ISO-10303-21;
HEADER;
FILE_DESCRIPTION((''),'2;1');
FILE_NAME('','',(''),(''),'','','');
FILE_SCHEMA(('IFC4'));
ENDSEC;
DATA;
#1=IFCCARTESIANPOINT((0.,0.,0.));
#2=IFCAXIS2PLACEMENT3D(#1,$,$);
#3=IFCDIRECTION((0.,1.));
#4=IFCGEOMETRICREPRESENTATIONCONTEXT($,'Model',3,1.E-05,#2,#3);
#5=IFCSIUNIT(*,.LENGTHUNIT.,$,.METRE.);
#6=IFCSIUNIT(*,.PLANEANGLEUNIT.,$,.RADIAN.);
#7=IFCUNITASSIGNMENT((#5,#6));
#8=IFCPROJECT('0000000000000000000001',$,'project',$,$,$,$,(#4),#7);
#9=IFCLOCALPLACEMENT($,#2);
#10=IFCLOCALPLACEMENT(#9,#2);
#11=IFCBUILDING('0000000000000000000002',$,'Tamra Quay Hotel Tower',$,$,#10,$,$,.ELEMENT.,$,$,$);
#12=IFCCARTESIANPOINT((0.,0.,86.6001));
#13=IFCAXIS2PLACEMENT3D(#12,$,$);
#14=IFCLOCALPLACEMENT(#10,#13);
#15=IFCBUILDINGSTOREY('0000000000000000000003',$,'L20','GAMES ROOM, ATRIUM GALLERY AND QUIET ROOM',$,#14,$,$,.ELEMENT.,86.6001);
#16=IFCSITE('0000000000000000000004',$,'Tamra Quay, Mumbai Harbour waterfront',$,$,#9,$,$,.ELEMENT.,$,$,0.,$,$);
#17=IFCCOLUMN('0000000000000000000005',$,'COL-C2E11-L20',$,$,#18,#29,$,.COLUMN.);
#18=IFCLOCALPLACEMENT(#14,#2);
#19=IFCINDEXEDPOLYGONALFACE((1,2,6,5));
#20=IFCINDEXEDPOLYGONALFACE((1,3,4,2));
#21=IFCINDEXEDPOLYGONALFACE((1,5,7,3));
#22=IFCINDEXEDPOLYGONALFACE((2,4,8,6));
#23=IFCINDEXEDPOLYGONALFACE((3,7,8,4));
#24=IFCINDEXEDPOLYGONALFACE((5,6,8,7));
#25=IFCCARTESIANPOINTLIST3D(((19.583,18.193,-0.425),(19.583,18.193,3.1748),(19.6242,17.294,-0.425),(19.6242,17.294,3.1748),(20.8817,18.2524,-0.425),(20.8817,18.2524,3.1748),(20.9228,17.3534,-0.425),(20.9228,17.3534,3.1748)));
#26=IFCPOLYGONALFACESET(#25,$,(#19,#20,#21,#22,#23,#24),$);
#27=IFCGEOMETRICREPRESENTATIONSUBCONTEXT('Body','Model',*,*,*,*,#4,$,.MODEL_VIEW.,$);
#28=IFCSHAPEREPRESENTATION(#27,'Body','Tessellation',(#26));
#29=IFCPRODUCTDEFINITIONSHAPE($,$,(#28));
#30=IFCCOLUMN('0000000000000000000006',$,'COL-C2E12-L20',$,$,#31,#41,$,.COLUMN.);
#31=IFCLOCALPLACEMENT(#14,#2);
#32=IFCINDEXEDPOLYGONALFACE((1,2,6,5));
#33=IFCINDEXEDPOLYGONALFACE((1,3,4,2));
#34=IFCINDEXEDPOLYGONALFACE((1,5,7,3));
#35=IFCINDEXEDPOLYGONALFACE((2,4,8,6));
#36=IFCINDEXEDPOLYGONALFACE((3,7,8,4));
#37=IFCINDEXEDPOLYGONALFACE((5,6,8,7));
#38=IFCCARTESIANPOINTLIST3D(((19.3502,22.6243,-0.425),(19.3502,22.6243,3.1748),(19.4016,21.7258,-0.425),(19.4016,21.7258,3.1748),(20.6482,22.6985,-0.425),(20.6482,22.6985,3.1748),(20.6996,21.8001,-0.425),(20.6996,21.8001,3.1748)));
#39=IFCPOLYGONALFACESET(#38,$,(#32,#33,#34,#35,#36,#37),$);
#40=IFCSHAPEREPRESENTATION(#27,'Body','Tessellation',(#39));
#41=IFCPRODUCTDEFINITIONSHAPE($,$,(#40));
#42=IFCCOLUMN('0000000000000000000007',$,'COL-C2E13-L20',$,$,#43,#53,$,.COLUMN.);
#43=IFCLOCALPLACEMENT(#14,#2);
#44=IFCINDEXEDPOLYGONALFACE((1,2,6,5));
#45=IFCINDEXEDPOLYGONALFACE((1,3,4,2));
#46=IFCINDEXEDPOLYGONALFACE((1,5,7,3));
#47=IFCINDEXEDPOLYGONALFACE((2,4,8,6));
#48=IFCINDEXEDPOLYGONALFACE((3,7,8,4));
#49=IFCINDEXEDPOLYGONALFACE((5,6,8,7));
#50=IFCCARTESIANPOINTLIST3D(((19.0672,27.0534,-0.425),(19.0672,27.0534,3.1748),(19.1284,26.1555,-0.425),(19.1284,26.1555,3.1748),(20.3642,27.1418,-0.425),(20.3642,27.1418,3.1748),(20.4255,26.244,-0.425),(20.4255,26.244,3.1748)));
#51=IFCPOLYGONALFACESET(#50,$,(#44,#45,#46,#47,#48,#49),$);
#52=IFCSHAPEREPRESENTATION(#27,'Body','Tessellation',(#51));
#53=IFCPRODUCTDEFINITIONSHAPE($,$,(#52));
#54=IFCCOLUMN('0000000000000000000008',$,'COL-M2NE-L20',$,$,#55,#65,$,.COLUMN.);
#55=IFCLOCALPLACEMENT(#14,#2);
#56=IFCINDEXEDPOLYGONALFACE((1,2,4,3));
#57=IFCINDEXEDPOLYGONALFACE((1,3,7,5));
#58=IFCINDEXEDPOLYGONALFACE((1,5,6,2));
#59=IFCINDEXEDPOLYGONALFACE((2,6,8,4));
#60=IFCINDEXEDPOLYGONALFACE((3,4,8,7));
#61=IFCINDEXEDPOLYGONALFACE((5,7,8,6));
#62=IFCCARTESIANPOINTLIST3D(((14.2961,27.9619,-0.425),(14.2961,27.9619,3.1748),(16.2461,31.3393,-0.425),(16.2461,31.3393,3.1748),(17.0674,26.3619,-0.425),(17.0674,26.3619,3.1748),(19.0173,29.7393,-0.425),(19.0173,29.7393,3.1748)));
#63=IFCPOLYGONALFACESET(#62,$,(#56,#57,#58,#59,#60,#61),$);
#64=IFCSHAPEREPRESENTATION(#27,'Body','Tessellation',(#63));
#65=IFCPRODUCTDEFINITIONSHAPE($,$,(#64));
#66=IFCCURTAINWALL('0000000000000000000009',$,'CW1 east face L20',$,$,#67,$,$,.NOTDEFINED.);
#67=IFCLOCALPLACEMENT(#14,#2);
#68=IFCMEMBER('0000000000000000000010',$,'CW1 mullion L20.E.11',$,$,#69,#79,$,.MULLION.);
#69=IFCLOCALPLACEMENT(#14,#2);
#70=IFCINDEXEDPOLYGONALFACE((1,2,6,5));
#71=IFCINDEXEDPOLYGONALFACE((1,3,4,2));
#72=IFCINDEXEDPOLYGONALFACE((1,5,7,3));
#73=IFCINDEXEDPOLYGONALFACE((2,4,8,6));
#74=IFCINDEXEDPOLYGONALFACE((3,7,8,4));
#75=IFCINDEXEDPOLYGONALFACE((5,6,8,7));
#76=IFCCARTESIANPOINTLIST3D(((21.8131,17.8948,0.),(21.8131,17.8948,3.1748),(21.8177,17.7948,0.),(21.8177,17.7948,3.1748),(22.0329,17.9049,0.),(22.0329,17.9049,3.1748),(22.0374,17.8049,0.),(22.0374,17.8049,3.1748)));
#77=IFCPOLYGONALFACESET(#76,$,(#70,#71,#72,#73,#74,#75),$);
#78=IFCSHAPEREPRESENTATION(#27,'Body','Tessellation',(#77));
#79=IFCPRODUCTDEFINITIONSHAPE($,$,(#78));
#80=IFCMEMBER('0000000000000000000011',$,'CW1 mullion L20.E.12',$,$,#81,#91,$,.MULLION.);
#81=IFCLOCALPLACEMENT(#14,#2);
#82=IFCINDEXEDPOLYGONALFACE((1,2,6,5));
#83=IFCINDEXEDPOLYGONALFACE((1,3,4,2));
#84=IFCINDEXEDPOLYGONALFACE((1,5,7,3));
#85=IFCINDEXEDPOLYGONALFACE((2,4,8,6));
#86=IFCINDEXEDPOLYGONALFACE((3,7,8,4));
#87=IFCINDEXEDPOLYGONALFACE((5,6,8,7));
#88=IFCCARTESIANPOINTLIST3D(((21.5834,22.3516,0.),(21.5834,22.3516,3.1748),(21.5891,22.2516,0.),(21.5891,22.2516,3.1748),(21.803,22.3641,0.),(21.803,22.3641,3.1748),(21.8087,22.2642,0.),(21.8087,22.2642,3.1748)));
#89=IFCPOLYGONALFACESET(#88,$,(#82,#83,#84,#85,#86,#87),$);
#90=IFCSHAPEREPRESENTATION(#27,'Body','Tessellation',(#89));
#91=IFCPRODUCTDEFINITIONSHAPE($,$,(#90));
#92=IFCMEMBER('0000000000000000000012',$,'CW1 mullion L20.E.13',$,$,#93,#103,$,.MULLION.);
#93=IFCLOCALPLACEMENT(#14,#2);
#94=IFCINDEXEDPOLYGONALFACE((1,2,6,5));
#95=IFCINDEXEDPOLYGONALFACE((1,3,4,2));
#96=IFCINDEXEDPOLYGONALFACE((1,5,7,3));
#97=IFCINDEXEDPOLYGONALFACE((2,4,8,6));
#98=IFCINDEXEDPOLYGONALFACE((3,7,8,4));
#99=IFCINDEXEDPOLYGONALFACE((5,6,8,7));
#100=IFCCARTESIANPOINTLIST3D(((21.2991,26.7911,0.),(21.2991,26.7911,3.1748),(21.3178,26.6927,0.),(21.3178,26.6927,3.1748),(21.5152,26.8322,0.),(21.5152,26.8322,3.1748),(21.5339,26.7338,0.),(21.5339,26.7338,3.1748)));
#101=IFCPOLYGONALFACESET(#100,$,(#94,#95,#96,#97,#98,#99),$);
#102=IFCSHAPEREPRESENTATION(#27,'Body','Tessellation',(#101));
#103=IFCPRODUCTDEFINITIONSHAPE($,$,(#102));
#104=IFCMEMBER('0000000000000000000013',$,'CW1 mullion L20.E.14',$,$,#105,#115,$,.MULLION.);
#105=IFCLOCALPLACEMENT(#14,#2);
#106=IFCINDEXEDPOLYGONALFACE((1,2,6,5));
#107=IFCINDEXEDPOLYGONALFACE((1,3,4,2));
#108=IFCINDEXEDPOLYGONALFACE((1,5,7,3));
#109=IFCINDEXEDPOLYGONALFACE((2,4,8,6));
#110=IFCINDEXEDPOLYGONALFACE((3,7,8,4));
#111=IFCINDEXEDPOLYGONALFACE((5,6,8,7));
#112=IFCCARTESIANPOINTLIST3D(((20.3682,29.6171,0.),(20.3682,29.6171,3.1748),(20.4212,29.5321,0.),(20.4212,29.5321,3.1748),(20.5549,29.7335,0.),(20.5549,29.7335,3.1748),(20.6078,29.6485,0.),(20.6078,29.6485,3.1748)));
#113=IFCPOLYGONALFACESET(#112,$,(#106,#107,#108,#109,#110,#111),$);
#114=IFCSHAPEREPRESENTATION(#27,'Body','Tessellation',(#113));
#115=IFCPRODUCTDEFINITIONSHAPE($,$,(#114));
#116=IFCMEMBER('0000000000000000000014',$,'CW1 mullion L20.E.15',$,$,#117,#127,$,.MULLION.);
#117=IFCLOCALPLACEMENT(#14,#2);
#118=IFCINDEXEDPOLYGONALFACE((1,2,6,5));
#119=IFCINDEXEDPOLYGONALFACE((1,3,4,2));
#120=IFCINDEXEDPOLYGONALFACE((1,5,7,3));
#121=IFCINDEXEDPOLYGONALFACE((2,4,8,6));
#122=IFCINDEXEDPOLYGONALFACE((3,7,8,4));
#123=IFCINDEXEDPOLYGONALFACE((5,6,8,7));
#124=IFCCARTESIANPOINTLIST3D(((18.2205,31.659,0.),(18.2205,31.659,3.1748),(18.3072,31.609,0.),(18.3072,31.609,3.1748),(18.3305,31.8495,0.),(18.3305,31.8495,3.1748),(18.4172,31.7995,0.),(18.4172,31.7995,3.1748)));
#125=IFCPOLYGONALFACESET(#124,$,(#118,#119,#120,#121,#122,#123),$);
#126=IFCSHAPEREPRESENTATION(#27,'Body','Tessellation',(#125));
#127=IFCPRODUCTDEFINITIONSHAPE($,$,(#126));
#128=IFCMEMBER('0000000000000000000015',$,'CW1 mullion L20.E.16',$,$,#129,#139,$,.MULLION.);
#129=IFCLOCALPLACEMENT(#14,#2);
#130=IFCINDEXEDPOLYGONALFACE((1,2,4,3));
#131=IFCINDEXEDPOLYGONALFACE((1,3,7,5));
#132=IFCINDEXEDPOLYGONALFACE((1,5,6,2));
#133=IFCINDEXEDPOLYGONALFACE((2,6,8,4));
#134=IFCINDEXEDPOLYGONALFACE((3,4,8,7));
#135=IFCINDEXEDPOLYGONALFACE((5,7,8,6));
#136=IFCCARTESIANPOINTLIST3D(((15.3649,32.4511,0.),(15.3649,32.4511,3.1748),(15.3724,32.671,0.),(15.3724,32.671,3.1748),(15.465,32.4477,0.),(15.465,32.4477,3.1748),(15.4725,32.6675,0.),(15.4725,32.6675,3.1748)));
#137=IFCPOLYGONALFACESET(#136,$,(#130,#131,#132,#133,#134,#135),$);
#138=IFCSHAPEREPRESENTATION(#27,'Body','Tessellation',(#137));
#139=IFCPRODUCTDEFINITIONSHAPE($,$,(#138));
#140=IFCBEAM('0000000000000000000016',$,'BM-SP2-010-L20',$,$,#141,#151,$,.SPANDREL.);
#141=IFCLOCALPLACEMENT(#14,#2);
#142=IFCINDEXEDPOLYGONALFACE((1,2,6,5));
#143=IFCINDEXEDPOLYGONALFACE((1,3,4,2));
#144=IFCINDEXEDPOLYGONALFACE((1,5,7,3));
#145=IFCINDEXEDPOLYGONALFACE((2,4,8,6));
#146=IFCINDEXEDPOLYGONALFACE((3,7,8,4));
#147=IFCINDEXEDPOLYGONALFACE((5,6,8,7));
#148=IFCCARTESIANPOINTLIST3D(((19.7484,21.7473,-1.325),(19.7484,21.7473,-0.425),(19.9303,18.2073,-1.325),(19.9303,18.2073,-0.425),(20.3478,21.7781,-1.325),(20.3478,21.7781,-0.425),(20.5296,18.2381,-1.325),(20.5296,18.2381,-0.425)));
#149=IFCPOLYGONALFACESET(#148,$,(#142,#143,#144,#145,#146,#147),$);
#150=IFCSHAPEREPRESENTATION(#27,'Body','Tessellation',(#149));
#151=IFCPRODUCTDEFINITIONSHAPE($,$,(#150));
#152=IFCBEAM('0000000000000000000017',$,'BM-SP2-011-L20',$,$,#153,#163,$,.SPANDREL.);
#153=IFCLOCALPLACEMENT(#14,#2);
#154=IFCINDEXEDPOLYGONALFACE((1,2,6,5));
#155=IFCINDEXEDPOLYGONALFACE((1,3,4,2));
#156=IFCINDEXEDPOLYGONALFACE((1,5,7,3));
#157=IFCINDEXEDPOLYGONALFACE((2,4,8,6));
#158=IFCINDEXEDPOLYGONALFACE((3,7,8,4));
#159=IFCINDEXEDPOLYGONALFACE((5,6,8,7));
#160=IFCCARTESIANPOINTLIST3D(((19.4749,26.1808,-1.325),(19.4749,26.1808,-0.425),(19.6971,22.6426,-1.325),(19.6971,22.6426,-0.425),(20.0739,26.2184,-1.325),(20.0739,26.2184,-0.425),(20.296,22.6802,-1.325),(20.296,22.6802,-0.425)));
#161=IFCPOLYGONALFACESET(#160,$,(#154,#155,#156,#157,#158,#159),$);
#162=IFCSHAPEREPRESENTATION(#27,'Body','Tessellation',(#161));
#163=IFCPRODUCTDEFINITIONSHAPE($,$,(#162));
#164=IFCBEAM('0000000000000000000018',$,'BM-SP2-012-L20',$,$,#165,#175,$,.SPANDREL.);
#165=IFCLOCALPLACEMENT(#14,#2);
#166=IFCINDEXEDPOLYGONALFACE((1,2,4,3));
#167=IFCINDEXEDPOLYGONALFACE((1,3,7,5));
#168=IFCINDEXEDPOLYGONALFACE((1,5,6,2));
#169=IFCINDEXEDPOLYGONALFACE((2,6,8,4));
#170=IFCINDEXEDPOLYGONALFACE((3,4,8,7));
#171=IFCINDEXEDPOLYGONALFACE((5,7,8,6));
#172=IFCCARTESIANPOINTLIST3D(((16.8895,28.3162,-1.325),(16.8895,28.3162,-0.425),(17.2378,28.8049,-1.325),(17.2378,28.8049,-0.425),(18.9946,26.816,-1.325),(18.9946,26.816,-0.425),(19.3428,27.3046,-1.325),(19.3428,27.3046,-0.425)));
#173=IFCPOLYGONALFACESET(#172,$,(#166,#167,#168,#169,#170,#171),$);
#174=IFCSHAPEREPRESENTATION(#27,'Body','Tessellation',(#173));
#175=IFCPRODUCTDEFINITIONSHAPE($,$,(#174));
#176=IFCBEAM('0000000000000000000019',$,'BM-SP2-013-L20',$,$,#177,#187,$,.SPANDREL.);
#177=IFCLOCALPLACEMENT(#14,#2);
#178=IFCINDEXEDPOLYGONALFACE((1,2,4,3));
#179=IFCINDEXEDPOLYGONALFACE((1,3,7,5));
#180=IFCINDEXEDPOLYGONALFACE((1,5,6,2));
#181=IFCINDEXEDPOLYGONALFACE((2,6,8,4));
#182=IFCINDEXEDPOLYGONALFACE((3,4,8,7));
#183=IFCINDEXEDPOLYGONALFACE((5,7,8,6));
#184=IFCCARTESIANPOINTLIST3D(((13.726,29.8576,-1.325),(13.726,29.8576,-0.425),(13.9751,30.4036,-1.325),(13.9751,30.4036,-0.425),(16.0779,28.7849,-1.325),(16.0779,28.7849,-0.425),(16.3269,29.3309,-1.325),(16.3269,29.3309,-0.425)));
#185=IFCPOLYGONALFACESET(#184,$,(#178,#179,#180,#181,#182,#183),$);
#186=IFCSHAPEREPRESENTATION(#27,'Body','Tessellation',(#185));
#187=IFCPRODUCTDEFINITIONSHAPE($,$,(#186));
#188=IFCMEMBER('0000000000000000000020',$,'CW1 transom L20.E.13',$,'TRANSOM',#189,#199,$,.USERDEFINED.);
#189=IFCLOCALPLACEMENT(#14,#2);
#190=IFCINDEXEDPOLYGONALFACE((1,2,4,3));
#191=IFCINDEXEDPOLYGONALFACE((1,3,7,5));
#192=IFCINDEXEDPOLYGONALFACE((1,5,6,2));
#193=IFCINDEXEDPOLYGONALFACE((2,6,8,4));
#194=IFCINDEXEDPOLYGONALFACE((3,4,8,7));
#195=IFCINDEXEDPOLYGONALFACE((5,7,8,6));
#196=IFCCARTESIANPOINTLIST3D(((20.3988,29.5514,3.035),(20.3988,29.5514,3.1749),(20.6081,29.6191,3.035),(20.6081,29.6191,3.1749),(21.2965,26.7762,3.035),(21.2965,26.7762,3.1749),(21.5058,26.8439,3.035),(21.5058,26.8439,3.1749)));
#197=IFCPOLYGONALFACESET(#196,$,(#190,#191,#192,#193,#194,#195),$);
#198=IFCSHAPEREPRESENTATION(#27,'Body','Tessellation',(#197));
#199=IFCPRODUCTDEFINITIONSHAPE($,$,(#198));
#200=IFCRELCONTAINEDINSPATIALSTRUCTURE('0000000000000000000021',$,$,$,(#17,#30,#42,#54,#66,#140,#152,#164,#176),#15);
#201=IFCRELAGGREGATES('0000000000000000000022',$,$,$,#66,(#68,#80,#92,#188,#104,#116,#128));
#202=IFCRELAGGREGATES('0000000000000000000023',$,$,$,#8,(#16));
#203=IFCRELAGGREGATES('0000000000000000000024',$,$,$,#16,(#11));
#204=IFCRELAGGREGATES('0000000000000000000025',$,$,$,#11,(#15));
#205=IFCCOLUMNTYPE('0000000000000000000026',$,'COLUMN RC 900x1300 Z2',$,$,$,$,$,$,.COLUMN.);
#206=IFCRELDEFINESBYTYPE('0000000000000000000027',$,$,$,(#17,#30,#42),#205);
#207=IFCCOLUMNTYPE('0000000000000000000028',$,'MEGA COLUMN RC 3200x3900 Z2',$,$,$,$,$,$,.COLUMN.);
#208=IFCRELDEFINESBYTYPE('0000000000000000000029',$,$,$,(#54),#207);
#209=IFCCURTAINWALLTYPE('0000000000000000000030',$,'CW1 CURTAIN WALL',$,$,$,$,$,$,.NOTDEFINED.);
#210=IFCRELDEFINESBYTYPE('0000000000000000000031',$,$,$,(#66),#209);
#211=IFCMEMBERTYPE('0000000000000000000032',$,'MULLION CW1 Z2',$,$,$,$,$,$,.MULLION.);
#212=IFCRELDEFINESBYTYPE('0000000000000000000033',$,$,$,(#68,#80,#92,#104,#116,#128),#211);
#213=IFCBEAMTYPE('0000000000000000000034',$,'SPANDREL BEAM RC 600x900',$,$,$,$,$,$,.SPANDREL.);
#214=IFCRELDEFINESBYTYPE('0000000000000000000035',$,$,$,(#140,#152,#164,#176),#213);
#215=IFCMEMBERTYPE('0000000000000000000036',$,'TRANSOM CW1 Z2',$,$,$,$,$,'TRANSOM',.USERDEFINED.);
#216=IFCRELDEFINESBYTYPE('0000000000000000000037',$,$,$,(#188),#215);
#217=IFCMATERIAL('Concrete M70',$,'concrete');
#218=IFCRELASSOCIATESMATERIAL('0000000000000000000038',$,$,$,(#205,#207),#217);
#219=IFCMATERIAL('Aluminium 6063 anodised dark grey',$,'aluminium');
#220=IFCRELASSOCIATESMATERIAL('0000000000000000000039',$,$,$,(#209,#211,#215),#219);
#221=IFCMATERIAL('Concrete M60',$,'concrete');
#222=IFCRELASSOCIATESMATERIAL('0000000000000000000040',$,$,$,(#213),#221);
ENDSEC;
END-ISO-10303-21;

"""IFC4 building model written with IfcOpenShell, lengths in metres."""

from ifc_helpers import new_model, si_unit, direction, frame, origin, origin_2d, place, context, subcontext, project, spatial, rectangle, extrude, material, material_profile, profile_set, type_object, element, aggregate, save


model = new_model("IFC4")

# Units and contexts
model_context = context("Model", 3, precision=1e-05, world=origin(), true_north=direction((0.0, 1.0)))
body_context = subcontext(model_context, "Body", "Model", "MODEL_VIEW")
ifc_project = project(units=[si_unit("LENGTHUNIT", "METRE"), si_unit("PLANEANGLEUNIT", "RADIAN")], contexts=[model_context])

# Site, building, storey
site_placement = place(None, origin())
site = spatial("IfcSite", under=ifc_project, at=site_placement, Name="Tamra Quay, Mumbai Harbour waterfront", CompositionType="ELEMENT", RefElevation=0.0)
building_placement = place(site_placement, origin())
building = spatial("IfcBuilding", under=site, at=building_placement, Name="Tamra Quay Hotel Tower", CompositionType="ELEMENT")
storey_placement = place(building_placement, frame((0.0, 0.0, 86.6001)))
storey = spatial("IfcBuildingStorey", under=building, at=storey_placement, Name="L20", Description="GAMES ROOM, ATRIUM GALLERY AND QUIET ROOM", CompositionType="ELEMENT", Elevation=86.6001)

# Columns
ifc_material_1 = material(Name="Concrete M70", Category="concrete")
ifc_material_profile_1 = material_profile(ifc_material_1, rectangle(XDim=1.3, YDim=0.8999, at=origin_2d()), Name="COLUMN RC 900x1300 Z2")
ifc_profile_set_1 = profile_set([ifc_material_profile_1], Name="Concrete M70")
column_type_1 = type_object("IfcColumnType", Name="COLUMN RC 900x1300 Z2", PredefinedType="COLUMN", material=ifc_profile_set_1)
for number, where, z_axis, x_axis, name in (
    (1, (20.2529, 17.7732, -0.425), (0.0, 0.0, 1.0), (0.998955, 0.045712, 0.0), "COL-C2E11-L20"),
    (2, (20.0249, 22.2122, -0.425), (0.0, 0.0, 1.0), (0.998368, 0.057108, 0.0), "COL-C2E12-L20"),
    (3, (19.7463, 26.6487, -0.425), (0.0, 0.0, 1.0), (0.997682, 0.068041, 0.0), "COL-C2E13-L20"),
):
    element("IfcColumn", number, at=place(storey_placement, frame(where, z_axis=z_axis, x_axis=x_axis)), inside=storey, type_object=column_type_1, Name=name, PredefinedType="COLUMN", context=body_context, shape_type="SweptSolid", body=[
        extrude(rectangle(XDim=1.3, YDim=0.8999, at=origin_2d()), origin(), (0.0, 0.0, 1.0), 3.5999),
    ])
ifc_material_profile_2 = material_profile(ifc_material_1, rectangle(XDim=3.8999, YDim=3.2, at=origin_2d()), Name="MEGA COLUMN RC 3200x3900 Z2")
ifc_profile_set_2 = profile_set([ifc_material_profile_2], Name="Concrete M70")
column_type_2 = type_object("IfcColumnType", Name="MEGA COLUMN RC 3200x3900 Z2", PredefinedType="COLUMN", material=ifc_profile_set_2)
column_placement = place(storey_placement, frame((16.6567, 28.8506, -0.425), z_axis=(0.0, 0.0, 1.0), x_axis=(0.5, 0.866025, 0.0)))
element("IfcColumn", 4, at=column_placement, inside=storey, type_object=column_type_2, Name="COL-M2NE-L20", PredefinedType="COLUMN", context=body_context, shape_type="SweptSolid", body=[
    extrude(rectangle(XDim=3.8999, YDim=3.2, at=origin_2d()), origin(), (0.0, 0.0, 1.0), 3.5999),
])

# Curtain wall, members
ifc_material_2 = material(Name="Aluminium 6063 anodised dark grey", Category="aluminium")
curtain_wall_type = type_object("IfcCurtainWallType", Name="CW1 CURTAIN WALL", PredefinedType="NOTDEFINED", material=ifc_material_2)
curtain_wall_placement = place(storey_placement, origin())
curtain_wall = element("IfcCurtainWall", 5, at=curtain_wall_placement, inside=storey, type_object=curtain_wall_type, Name="CW1 east face L20", PredefinedType="NOTDEFINED")
ifc_material_profile_3 = material_profile(ifc_material_2, rectangle(XDim=0.22, YDim=0.1001, at=origin_2d()), Name="MULLION 100X220")
ifc_profile_set_3 = profile_set([ifc_material_profile_3], Name="Aluminium 6063 anodised dark grey")
member_type_1 = type_object("IfcMemberType", Name="MULLION CW1 Z2", PredefinedType="MULLION", material=ifc_profile_set_3)
member_1_placement = place(storey_placement, frame((21.9253, 17.8499, 0.0), z_axis=(0.0, 0.0, 1.0), x_axis=(0.998958, 0.045633, 0.0)))
member_1 = element("IfcMember", 6, at=member_1_placement, type_object=member_type_1, Name="CW1 mullion L20.E.11", PredefinedType="MULLION", context=body_context, shape_type="SweptSolid", body=[
    extrude(rectangle(XDim=0.22, YDim=0.1001, at=origin_2d()), origin(), (0.0, 0.0, 1.0), 3.1748),
])
member_2_placement = place(storey_placement, frame((21.696, 22.3079, 0.0), z_axis=(0.0, 0.0, 1.0), x_axis=(0.998374, 0.056996, 0.0)))
member_2 = element("IfcMember", 7, at=member_2_placement, type_object=member_type_1, Name="CW1 mullion L20.E.12", PredefinedType="MULLION", context=body_context, shape_type="SweptSolid", body=[
    extrude(rectangle(XDim=0.22, YDim=0.1001, at=origin_2d()), origin(), (0.0, 0.0, 1.0), 3.1748),
])
member_3_placement = place(storey_placement, frame((21.4165, 26.7625, 0.0), z_axis=(0.0, 0.0, 1.0), x_axis=(0.982419, 0.186689, 0.0)))
member_3 = element("IfcMember", 8, at=member_3_placement, type_object=member_type_1, Name="CW1 mullion L20.E.13", PredefinedType="MULLION", context=body_context, shape_type="SweptSolid", body=[
    extrude(rectangle(XDim=0.22, YDim=0.1001, at=origin_2d()), origin(), (0.0, 0.0, 1.0), 3.1748),
])
member_4_placement = place(storey_placement, frame((20.488, 29.6328, 0.0), z_axis=(0.0, 0.0, 1.0), x_axis=(0.848503, 0.52919, 0.0)))
member_4 = element("IfcMember", 9, at=member_4_placement, type_object=member_type_1, Name="CW1 mullion L20.E.14", PredefinedType="MULLION", context=body_context, shape_type="SweptSolid", body=[
    extrude(rectangle(XDim=0.22, YDim=0.1001, at=origin_2d()), origin(), (0.0, 0.0, 1.0), 3.1748),
])
member_5_placement = place(storey_placement, frame((18.3188, 31.7292, 0.0), z_axis=(0.0, 0.0, 1.0), x_axis=(0.5, 0.866025, 0.0)))
member_5 = element("IfcMember", 10, at=member_5_placement, type_object=member_type_1, Name="CW1 mullion L20.E.15", PredefinedType="MULLION", context=body_context, shape_type="SweptSolid", body=[
    extrude(rectangle(XDim=0.22, YDim=0.1001, at=origin_2d()), origin(), (0.0, 0.0, 1.0), 3.1748),
])
member_6_placement = place(storey_placement, frame((15.4187, 32.5593, 0.0), z_axis=(0.0, 0.0, 1.0), x_axis=(0.034041, 0.99942, 0.0)))
member_6 = element("IfcMember", 11, at=member_6_placement, type_object=member_type_1, Name="CW1 mullion L20.E.16", PredefinedType="MULLION", context=body_context, shape_type="SweptSolid", body=[
    extrude(rectangle(XDim=0.22, YDim=0.1001, at=origin_2d()), origin(), (0.0, 0.0, 1.0), 3.1748),
])

# Beams
ifc_material_3 = material(Name="Concrete M60", Category="concrete")
ifc_material_profile_4 = material_profile(ifc_material_3, rectangle(XDim=0.6001, YDim=0.8999, at=origin_2d()), Name="SPANDREL BEAM RC 600x900")
ifc_profile_set_4 = profile_set([ifc_material_profile_4], Name="Concrete M60")
beam_type = type_object("IfcBeamType", Name="SPANDREL BEAM RC 600x900", PredefinedType="SPANDREL", material=ifc_profile_set_4)
beam_1_placement = place(storey_placement, frame((20.23, 18.2227, -0.875), z_axis=(-0.051312, 0.998683, 0.0), x_axis=(-0.998683, -0.051312, 0.0)))
element("IfcBeam", 12, at=beam_1_placement, inside=storey, type_object=beam_type, Name="BM-SP2-010-L20", PredefinedType="SPANDREL", context=body_context, shape_type="SweptSolid", body=[
    extrude(rectangle(XDim=0.6001, YDim=0.8999, at=origin_2d()), origin(), (0.0, 0.0, 1.0), 3.5447),
])
beam_2_placement = place(storey_placement, frame((19.9966, 22.6614, -0.875), z_axis=(-0.06267, 0.998034, 0.0), x_axis=(-0.998034, -0.06267, 0.0)))
element("IfcBeam", 13, at=beam_2_placement, inside=storey, type_object=beam_type, Name="BM-SP2-011-L20", PredefinedType="SPANDREL", context=body_context, shape_type="SweptSolid", body=[
    extrude(rectangle(XDim=0.6001, YDim=0.8999, at=origin_2d()), origin(), (0.0, 0.0, 1.0), 3.5452),
])
for number, where, z_axis, x_axis, name in (
    (14, (19.1687, 27.0603, -0.875), (-0.814339, 0.580389, 0.0), (-0.580389, -0.814339, 0.0), "BM-SP2-012-L20"),
    (15, (16.2024, 29.0579, -0.875), (-0.909819, 0.415005, 0.0), (-0.415005, -0.909819, 0.0), "BM-SP2-013-L20"),
):
    element("IfcBeam", number, at=place(storey_placement, frame(where, z_axis=z_axis, x_axis=x_axis)), inside=storey, type_object=beam_type, Name=name, PredefinedType="SPANDREL", context=body_context, shape_type="SweptSolid", body=[
        extrude(rectangle(XDim=0.6001, YDim=0.8999, at=origin_2d()), origin(), (0.0, 0.0, 1.0), 2.585),
    ])

# Member
ifc_material_profile_5 = material_profile(ifc_material_2, rectangle(XDim=0.22, YDim=0.1399, at=origin_2d()), Name="TRANSOM 220X140")
ifc_profile_set_5 = profile_set([ifc_material_profile_5], Name="Aluminium 6063 anodised dark grey")
member_type_2 = type_object("IfcMemberType", Name="TRANSOM CW1 Z2", ElementType="TRANSOM", PredefinedType="USERDEFINED", material=ifc_profile_set_5)
member_7_placement = place(storey_placement, frame((21.4011, 26.8101, 3.105), z_axis=(-0.307778, 0.951458, 0.0), x_axis=(-0.951458, -0.307778, 0.0)))
member_7 = element("IfcMember", 16, at=member_7_placement, type_object=member_type_2, Name="CW1 transom L20.E.13", ObjectType="TRANSOM", PredefinedType="USERDEFINED", context=body_context, shape_type="SweptSolid", body=[
    extrude(rectangle(XDim=0.22, YDim=0.1399, at=origin_2d()), origin(), (0.0, 0.0, 1.0), 2.9167),
])

aggregate(curtain_wall, [member_1, member_2, member_3, member_7, member_4, member_5, member_6])

save(model, "model.ifc")
